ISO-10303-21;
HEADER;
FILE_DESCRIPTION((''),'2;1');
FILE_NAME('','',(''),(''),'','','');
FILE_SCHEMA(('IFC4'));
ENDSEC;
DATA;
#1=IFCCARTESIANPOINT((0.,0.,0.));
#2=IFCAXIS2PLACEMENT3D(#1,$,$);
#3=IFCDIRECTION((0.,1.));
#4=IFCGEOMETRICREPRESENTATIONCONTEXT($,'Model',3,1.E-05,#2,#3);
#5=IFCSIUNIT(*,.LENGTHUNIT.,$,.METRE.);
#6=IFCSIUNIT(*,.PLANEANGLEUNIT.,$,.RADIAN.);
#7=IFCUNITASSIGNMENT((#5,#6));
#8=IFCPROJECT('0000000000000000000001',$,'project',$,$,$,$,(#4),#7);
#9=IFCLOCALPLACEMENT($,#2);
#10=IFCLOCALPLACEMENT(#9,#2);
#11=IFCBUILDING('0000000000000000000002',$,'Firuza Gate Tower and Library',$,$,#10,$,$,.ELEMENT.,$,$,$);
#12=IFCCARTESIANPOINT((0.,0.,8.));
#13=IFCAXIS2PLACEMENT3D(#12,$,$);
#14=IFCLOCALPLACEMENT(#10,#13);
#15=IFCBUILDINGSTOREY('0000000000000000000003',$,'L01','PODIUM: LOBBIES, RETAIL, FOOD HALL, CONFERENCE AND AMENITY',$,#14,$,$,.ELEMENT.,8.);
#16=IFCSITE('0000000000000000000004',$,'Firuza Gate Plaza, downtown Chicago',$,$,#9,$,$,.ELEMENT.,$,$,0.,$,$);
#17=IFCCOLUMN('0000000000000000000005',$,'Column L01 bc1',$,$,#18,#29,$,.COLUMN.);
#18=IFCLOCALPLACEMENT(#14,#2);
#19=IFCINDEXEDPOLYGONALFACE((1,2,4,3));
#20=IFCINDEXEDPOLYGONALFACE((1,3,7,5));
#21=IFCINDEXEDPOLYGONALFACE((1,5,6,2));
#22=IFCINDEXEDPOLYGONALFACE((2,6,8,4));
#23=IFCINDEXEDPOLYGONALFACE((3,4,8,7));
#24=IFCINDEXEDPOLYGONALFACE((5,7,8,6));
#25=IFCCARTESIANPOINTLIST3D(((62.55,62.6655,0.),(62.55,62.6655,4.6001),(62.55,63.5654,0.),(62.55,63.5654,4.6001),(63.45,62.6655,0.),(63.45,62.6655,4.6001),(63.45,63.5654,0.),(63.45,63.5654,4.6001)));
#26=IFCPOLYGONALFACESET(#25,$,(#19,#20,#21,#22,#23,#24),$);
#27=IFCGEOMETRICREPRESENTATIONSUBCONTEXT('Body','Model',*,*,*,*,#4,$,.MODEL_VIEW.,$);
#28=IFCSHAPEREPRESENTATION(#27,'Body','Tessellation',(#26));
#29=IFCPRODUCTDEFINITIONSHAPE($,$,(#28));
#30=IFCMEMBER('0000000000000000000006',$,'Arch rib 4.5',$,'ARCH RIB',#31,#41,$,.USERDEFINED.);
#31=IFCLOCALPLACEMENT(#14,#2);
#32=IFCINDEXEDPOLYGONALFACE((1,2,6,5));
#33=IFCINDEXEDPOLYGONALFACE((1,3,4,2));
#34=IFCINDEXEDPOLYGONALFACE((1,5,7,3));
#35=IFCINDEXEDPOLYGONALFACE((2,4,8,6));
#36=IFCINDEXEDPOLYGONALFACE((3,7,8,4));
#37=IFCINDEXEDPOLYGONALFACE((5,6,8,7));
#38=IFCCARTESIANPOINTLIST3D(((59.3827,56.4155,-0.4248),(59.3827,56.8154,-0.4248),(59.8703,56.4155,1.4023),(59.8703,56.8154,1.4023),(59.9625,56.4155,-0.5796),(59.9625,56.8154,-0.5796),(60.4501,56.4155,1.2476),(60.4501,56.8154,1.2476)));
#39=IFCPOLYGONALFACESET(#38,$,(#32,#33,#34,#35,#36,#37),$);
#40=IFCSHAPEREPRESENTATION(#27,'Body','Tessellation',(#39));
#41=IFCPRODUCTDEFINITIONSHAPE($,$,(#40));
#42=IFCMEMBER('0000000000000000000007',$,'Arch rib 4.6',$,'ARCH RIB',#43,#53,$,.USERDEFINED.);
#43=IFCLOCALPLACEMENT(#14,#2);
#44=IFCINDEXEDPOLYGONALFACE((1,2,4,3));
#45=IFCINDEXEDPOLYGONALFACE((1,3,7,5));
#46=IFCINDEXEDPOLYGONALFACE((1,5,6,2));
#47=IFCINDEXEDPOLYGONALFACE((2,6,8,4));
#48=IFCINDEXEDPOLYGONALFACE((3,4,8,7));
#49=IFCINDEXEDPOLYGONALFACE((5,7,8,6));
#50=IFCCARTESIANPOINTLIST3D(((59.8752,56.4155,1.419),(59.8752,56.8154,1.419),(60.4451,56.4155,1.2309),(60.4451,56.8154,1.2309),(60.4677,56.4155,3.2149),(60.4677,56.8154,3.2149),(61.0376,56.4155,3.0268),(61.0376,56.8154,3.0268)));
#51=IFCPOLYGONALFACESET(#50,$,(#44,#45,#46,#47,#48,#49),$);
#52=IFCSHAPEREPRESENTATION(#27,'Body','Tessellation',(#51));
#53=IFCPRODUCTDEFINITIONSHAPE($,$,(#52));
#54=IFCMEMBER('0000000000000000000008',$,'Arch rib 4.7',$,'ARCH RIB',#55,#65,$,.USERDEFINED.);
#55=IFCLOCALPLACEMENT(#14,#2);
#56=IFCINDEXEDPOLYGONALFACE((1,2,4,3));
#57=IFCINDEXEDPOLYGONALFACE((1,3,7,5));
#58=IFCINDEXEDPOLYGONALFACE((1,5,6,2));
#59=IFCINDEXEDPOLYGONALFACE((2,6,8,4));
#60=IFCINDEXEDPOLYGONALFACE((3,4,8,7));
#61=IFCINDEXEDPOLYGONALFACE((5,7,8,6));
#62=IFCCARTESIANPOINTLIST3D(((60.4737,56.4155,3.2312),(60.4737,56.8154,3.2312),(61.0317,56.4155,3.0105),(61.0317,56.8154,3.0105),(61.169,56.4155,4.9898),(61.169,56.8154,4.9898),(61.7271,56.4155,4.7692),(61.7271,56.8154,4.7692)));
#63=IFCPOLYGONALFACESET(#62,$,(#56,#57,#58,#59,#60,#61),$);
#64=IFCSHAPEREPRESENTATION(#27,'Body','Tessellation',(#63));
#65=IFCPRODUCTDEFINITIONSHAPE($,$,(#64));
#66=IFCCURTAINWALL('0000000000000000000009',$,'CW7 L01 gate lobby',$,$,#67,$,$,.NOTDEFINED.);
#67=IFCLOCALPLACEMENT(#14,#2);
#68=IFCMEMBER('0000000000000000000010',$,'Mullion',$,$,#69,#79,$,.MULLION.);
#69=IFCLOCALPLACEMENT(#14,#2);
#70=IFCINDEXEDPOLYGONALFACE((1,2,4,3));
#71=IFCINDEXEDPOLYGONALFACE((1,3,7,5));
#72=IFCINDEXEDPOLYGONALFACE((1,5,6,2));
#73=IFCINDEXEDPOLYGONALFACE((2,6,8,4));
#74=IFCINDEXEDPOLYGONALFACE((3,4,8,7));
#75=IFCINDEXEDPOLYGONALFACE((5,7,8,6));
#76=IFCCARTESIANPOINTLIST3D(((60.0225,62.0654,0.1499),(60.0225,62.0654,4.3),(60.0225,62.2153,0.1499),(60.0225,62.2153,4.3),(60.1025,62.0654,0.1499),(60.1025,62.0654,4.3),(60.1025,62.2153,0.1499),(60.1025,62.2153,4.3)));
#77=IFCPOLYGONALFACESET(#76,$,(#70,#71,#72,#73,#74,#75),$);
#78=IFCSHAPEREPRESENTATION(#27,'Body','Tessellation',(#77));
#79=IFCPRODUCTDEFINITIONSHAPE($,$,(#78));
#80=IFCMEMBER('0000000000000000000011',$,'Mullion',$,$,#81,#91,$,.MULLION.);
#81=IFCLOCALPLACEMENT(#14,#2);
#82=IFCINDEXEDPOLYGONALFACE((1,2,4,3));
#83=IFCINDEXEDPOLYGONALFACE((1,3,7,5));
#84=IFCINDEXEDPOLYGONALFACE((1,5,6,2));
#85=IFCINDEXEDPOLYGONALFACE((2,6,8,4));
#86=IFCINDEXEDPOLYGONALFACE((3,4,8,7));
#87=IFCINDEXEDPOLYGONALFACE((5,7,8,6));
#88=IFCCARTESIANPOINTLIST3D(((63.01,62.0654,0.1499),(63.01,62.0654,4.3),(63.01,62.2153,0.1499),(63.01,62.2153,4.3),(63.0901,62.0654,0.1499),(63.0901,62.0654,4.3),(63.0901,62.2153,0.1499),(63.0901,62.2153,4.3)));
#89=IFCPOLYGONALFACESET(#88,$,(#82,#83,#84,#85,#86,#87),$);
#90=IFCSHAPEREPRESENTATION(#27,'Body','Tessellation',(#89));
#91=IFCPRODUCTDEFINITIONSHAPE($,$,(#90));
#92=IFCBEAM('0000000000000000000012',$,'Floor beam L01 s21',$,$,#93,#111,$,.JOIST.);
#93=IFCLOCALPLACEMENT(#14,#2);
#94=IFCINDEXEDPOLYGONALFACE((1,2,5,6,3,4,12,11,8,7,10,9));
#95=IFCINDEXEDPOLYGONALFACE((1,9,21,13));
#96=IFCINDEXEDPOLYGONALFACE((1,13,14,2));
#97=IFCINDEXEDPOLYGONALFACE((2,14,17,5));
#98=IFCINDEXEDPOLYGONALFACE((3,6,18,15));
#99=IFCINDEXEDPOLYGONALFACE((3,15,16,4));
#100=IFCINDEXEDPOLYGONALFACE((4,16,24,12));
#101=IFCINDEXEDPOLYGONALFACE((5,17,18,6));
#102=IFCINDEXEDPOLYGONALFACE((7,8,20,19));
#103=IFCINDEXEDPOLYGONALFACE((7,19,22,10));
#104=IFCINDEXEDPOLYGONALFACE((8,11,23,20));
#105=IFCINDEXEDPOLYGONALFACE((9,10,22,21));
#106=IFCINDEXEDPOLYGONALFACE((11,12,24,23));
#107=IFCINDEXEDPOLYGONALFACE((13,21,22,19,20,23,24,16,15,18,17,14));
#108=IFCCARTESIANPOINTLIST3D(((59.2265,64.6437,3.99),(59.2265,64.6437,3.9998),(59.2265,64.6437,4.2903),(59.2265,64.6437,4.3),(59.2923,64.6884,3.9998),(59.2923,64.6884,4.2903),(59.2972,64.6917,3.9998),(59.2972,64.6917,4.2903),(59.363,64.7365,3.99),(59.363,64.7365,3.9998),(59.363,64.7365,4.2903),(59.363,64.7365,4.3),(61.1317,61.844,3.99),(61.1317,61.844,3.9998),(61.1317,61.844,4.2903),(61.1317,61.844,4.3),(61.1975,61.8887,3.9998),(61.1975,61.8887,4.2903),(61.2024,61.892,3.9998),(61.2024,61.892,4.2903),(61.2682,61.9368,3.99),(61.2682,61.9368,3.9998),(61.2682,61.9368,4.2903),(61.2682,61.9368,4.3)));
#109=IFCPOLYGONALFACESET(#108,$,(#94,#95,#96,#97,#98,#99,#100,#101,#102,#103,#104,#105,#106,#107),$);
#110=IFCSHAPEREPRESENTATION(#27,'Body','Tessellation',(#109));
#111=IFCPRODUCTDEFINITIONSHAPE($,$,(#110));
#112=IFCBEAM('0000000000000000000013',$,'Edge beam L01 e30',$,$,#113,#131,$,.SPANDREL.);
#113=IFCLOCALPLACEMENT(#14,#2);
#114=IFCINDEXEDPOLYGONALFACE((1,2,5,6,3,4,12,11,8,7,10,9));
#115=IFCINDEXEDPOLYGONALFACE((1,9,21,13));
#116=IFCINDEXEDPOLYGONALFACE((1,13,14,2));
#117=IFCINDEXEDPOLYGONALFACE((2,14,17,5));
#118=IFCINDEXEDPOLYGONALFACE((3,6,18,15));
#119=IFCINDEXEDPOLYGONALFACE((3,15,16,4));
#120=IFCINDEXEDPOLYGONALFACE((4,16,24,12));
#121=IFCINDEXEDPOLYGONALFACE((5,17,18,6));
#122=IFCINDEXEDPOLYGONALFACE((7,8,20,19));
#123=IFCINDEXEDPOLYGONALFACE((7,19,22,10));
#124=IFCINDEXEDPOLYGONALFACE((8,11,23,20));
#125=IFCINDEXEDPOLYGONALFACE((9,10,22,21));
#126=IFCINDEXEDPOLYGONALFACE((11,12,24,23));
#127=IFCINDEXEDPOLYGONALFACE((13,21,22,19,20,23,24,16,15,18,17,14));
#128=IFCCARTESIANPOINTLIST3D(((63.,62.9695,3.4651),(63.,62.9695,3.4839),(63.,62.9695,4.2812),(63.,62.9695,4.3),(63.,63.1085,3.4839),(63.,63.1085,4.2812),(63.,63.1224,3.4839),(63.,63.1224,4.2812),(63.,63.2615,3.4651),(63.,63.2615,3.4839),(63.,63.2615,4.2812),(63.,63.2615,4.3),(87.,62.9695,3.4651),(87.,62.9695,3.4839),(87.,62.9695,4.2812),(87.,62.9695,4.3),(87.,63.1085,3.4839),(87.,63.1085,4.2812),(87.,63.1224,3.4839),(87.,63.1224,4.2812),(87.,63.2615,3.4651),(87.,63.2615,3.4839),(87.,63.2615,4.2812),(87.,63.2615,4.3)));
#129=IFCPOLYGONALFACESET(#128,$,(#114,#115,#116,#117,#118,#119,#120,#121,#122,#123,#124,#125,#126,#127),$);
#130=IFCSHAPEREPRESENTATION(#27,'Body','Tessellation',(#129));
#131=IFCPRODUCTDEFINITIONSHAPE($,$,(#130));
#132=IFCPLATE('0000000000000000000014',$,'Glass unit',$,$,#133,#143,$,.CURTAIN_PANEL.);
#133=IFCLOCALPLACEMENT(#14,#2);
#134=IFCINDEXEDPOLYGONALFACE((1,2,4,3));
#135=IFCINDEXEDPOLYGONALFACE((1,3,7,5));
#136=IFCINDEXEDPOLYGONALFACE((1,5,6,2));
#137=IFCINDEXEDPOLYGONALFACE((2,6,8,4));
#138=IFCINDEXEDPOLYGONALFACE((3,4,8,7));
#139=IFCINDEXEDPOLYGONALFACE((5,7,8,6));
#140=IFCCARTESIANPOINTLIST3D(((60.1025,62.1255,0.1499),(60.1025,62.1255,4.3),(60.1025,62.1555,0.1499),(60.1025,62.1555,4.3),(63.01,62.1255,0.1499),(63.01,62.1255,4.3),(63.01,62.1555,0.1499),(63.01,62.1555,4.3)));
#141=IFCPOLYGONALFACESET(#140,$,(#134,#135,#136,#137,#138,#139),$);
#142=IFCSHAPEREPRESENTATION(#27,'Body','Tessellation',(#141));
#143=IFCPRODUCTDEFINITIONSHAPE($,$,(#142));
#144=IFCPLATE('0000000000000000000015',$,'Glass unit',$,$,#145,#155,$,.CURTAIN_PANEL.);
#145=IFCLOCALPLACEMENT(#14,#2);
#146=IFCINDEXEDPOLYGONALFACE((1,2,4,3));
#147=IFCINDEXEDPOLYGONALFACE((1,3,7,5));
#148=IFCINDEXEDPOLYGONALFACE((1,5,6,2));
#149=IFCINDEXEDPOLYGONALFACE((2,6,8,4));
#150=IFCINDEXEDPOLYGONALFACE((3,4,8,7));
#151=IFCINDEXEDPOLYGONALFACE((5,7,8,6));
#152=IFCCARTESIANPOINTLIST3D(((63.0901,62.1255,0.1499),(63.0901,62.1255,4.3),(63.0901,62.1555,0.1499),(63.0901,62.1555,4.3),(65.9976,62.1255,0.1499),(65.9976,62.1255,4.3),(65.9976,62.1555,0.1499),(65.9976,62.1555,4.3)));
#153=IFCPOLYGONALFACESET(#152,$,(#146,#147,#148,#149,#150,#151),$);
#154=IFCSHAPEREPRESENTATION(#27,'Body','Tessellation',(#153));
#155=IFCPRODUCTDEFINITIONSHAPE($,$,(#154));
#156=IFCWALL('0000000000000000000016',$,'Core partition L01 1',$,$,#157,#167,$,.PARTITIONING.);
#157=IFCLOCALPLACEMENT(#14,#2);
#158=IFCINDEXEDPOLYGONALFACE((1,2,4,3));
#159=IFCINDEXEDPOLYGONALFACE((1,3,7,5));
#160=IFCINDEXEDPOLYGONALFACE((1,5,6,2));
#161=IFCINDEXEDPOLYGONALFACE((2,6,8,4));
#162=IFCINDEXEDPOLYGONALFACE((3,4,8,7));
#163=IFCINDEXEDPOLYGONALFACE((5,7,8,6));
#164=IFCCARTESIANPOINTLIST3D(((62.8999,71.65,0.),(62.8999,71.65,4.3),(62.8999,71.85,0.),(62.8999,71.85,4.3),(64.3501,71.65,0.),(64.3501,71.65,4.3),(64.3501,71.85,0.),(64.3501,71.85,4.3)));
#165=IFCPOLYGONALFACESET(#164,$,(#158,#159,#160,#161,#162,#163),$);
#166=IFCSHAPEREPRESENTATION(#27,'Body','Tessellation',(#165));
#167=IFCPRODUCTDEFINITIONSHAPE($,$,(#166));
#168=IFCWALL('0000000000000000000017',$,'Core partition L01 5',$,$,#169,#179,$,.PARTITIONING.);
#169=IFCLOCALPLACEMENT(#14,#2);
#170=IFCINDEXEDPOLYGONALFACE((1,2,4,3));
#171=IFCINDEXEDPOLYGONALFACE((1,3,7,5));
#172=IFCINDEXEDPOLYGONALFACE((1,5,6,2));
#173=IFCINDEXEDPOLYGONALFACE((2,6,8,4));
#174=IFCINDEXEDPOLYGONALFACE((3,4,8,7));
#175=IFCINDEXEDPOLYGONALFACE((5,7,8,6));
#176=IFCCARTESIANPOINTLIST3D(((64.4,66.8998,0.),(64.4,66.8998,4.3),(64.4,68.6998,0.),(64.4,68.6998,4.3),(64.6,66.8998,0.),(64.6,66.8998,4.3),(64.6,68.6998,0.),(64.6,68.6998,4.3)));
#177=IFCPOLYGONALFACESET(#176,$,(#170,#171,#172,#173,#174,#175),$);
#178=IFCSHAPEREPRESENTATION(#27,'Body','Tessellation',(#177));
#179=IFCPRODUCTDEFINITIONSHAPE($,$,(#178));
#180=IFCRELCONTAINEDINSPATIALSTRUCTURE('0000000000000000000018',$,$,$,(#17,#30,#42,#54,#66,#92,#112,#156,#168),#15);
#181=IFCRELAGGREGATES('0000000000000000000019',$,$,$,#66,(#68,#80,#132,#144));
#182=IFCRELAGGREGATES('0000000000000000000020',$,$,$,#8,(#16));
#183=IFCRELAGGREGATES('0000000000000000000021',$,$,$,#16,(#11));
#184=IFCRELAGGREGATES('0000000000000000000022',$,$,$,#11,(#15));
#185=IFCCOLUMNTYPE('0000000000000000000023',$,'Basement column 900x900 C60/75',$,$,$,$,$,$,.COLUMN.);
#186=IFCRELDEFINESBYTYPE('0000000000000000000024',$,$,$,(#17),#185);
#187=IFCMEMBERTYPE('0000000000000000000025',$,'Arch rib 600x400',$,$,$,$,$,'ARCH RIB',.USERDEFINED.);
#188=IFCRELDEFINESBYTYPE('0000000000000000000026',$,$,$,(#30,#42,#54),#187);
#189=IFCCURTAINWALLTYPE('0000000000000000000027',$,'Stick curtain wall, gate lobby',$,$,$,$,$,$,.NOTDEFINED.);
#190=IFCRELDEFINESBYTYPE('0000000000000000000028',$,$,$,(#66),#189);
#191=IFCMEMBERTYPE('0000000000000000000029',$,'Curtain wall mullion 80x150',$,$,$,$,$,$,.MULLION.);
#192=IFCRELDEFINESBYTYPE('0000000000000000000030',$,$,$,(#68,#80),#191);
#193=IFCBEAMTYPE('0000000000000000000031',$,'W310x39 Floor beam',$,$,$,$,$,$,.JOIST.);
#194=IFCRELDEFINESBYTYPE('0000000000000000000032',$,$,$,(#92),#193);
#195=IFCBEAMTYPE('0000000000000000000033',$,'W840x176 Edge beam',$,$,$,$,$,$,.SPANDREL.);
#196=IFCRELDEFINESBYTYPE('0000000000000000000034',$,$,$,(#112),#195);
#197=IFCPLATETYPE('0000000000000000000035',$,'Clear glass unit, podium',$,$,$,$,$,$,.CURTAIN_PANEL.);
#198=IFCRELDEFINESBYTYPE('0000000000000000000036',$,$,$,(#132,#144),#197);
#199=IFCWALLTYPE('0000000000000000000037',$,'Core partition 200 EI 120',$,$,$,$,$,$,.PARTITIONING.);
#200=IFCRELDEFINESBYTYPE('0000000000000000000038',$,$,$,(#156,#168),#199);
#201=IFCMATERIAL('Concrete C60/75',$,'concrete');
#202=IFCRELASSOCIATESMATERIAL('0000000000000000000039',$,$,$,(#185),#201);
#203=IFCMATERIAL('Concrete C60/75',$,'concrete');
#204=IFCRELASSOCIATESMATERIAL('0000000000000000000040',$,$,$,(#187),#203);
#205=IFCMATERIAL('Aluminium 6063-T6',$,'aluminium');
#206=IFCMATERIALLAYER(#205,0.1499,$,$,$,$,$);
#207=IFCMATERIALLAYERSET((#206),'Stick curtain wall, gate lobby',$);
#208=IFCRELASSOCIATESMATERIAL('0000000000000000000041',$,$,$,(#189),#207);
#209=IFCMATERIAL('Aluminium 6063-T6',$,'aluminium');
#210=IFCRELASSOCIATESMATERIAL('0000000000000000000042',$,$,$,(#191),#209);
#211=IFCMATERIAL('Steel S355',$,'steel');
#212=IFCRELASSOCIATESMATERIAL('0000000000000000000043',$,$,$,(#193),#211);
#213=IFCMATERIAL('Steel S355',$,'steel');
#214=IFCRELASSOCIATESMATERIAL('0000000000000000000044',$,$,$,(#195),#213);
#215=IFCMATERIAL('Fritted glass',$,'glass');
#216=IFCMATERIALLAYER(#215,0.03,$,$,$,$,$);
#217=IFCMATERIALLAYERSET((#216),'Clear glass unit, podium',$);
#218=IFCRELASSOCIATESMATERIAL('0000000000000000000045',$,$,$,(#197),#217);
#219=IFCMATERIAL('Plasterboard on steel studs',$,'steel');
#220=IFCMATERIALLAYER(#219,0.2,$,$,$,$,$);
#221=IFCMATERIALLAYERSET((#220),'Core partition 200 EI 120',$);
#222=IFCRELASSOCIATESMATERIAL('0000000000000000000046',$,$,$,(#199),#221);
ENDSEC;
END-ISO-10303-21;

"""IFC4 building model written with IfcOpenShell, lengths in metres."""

from ifc_helpers import new_model, si_unit, direction, frame, frame_2d, origin, origin_2d, place, context, subcontext, project, spatial, polyline, rectangle, i_section, outline, extrude, material, layer, layer_set, material_profile, profile_set, type_object, element, aggregate, save


model = new_model("IFC4")

# Units and contexts
model_context = context("Model", 3, precision=1e-05, world=origin(), true_north=direction((0.0, 1.0)))
body_context = subcontext(model_context, "Body", "Model", "MODEL_VIEW")
ifc_project = project(units=[si_unit("LENGTHUNIT", "METRE"), si_unit("PLANEANGLEUNIT", "RADIAN")], contexts=[model_context])

# Site, building, storey
site_placement = place(None, origin())
site = spatial("IfcSite", under=ifc_project, at=site_placement, Name="Firuza Gate Plaza, downtown Chicago", CompositionType="ELEMENT", RefElevation=0.0)
building_placement = place(site_placement, origin())
building = spatial("IfcBuilding", under=site, at=building_placement, Name="Firuza Gate Tower and Library", CompositionType="ELEMENT")
storey_placement = place(building_placement, frame((0.0, 0.0, 8.0)))
storey = spatial("IfcBuildingStorey", under=building, at=storey_placement, Name="L01", Description="PODIUM: LOBBIES, RETAIL, FOOD HALL, CONFERENCE AND AMENITY", CompositionType="ELEMENT", Elevation=8.0)

# Column
ifc_material_1 = material(Name="Concrete C60/75", Category="concrete")
ifc_material_profile_1 = material_profile(ifc_material_1, rectangle(XDim=0.8999, YDim=0.8999, at=origin_2d()))
ifc_profile_set_1 = profile_set([ifc_material_profile_1], Name="Concrete C60/75")
column_type = type_object("IfcColumnType", Name="Basement column 900x900 C60/75", PredefinedType="COLUMN", material=ifc_profile_set_1)
column_placement = place(storey_placement, frame((63.0, 63.1155, 0.0), z_axis=(0.0, 0.0, 1.0), x_axis=(1.0, 0.0, 0.0)))
element("IfcColumn", 1, at=column_placement, inside=storey, type_object=column_type, Name="Column L01 bc1", PredefinedType="COLUMN", context=body_context, shape_type="SweptSolid", body=[
    extrude(rectangle(XDim=0.8999, YDim=0.8999, at=origin_2d()), origin(), (0.0, 0.0, 1.0), 4.6001),
])

# Members
ifc_material_2 = material(Name="Concrete C60/75", Category="concrete")
ifc_material_profile_2 = material_profile(ifc_material_2, rectangle(XDim=0.3999, YDim=0.6001, at=origin_2d()))
ifc_profile_set_2 = profile_set([ifc_material_profile_2], Name="Concrete C60/75")
member_type_1 = type_object("IfcMemberType", Name="Arch rib 600x400", ElementType="ARCH RIB", PredefinedType="USERDEFINED", material=ifc_profile_set_2)
for number, where, z_axis, x_axis, name in (
    (2, (59.6726, 56.6155, -0.5022), (0.257815, 0.0, 0.966194), (0.0, 1.0, 0.0), "Arch rib 4.5"),
    (3, (60.1602, 56.6155, 1.325), (0.313322, 0.0, 0.949647), (0.0, 1.0, 0.0), "Arch rib 4.6"),
    (4, (60.7527, 56.6155, 3.1208), (0.367693, 0.0, 0.929947), (0.0, 1.0, 0.0), "Arch rib 4.7"),
):
    element("IfcMember", number, at=place(storey_placement, frame(where, z_axis=z_axis, x_axis=x_axis)), inside=storey, type_object=member_type_1, Name=name, ObjectType="ARCH RIB", PredefinedType="USERDEFINED", context=body_context, shape_type="SweptSolid", body=[
        extrude(rectangle(XDim=0.3999, YDim=0.6001, at=origin_2d()), origin(), (0.0, 0.0, 1.0), 1.8911),
    ])

# Curtain wall, members
ifc_material_3 = material(Name="Aluminium 6063-T6", Category="aluminium")
ifc_layer_1 = layer(ifc_material_3, 0.1499)
ifc_layer_set_1 = layer_set([ifc_layer_1], Name="Stick curtain wall, gate lobby")
curtain_wall_type = type_object("IfcCurtainWallType", Name="Stick curtain wall, gate lobby", PredefinedType="NOTDEFINED", material=ifc_layer_set_1)
curtain_wall_placement = place(storey_placement, origin())
curtain_wall = element("IfcCurtainWall", 5, at=curtain_wall_placement, inside=storey, type_object=curtain_wall_type, Name="CW7 L01 gate lobby", PredefinedType="NOTDEFINED")
ifc_material_4 = material(Name="Aluminium 6063-T6", Category="aluminium")
ifc_material_profile_3 = material_profile(ifc_material_4, rectangle(XDim=0.1499, YDim=0.0801, at=origin_2d()))
ifc_profile_set_3 = profile_set([ifc_material_profile_3], Name="Aluminium 6063-T6")
member_type_2 = type_object("IfcMemberType", Name="Curtain wall mullion 80x150", PredefinedType="MULLION", material=ifc_profile_set_3)
member_1_placement = place(storey_placement, frame((60.0625, 62.1404, 0.1499), z_axis=(0.0, 0.0, 1.0), x_axis=(0.0, 1.0, 0.0)))
member_1 = element("IfcMember", 6, at=member_1_placement, type_object=member_type_2, Name="Mullion", PredefinedType="MULLION", context=body_context, shape_type="SweptSolid", body=[
    extrude(rectangle(XDim=0.1499, YDim=0.0801, at=origin_2d()), origin(), (0.0, 0.0, 1.0), 4.1501),
])
member_2_placement = place(storey_placement, frame((63.05, 62.1404, 0.1499), z_axis=(0.0, 0.0, 1.0), x_axis=(0.0, 1.0, 0.0)))
member_2 = element("IfcMember", 7, at=member_2_placement, type_object=member_type_2, Name="Mullion", PredefinedType="MULLION", context=body_context, shape_type="SweptSolid", body=[
    extrude(rectangle(XDim=0.1499, YDim=0.0801, at=origin_2d()), origin(), (0.0, 0.0, 1.0), 4.1501),
])

# Beams
ifc_material_5 = material(Name="Steel S355", Category="steel")
ifc_material_profile_4 = material_profile(ifc_material_5, i_section(OverallWidth=0.165, OverallDepth=0.3101, WebThickness=0.0059, FlangeThickness=0.0098, at=origin_2d()))
ifc_profile_set_4 = profile_set([ifc_material_profile_4], Name="Steel S355")
beam_type_1 = type_object("IfcBeamType", Name="W310x39 Floor beam", PredefinedType="JOIST", material=ifc_profile_set_4)
beam_1_placement = place(storey_placement, frame((61.2, 61.8904, 4.145), z_axis=(-0.562594, 0.826733, 0.0), x_axis=(-0.826733, -0.562594, 0.0)))
element("IfcBeam", 8, at=beam_1_placement, inside=storey, type_object=beam_type_1, Name="Floor beam L01 s21", PredefinedType="JOIST", context=body_context, shape_type="SweptSolid", body=[
    extrude(i_section(OverallWidth=0.165, OverallDepth=0.3101, WebThickness=0.0059, FlangeThickness=0.0098, at=origin_2d()), origin(), (0.0, 0.0, 1.0), 3.3865),
])
ifc_material_6 = material(Name="Steel S355", Category="steel")
ifc_material_profile_5 = material_profile(ifc_material_6, i_section(OverallWidth=0.292, OverallDepth=0.835, WebThickness=0.0139, FlangeThickness=0.0188, at=origin_2d()))
ifc_profile_set_5 = profile_set([ifc_material_profile_5], Name="Steel S355")
beam_type_2 = type_object("IfcBeamType", Name="W840x176 Edge beam", PredefinedType="SPANDREL", material=ifc_profile_set_5)
beam_2_placement = place(storey_placement, frame((63.0, 63.1155, 3.8826), z_axis=(1.0, 0.0, 0.0), x_axis=(0.0, 1.0, 0.0)))
element("IfcBeam", 9, at=beam_2_placement, inside=storey, type_object=beam_type_2, Name="Edge beam L01 e30", PredefinedType="SPANDREL", context=body_context, shape_type="SweptSolid", body=[
    extrude(i_section(OverallWidth=0.292, OverallDepth=0.835, WebThickness=0.0139, FlangeThickness=0.0188, at=origin_2d()), origin(), (0.0, 0.0, 1.0), 24.0),
])

# Plates
ifc_material_7 = material(Name="Fritted glass", Category="glass")
ifc_layer_2 = layer(ifc_material_7, 0.03)
ifc_layer_set_2 = layer_set([ifc_layer_2], Name="Clear glass unit, podium")
plate_type = type_object("IfcPlateType", Name="Clear glass unit, podium", PredefinedType="CURTAIN_PANEL", material=ifc_layer_set_2)
plate_1_placement = place(storey_placement, frame((60.1025, 62.1255, 0.1499), z_axis=(0.0, -1.0, 0.0), x_axis=(1.0, 0.0, 0.0)))
plate_1 = element("IfcPlate", 10, at=plate_1_placement, type_object=plate_type, Name="Glass unit", PredefinedType="CURTAIN_PANEL", context=body_context, shape_type="SweptSolid", body=[
    extrude(outline(polyline([(0.0, 0.0), (2.9075, 0.0), (2.9075, 4.1501), (0.0, 4.1501), (0.0, 0.0)])), origin(), (0.0, 0.0, -1.0), 0.03),
])
plate_2_placement = place(storey_placement, frame((63.0901, 62.1255, 0.1499), z_axis=(0.0, -1.0, 0.0), x_axis=(1.0, 0.0, 0.0)))
plate_2 = element("IfcPlate", 11, at=plate_2_placement, type_object=plate_type, Name="Glass unit", PredefinedType="CURTAIN_PANEL", context=body_context, shape_type="SweptSolid", body=[
    extrude(outline(polyline([(0.0, 0.0), (2.9075, 0.0), (2.9075, 4.1501), (0.0, 4.1501), (0.0, 0.0)])), origin(), (0.0, 0.0, -1.0), 0.03),
])
aggregate(curtain_wall, [member_1, member_2, plate_1, plate_2])

# Walls
ifc_material_8 = material(Name="Plasterboard on steel studs", Category="steel")
ifc_layer_3 = layer(ifc_material_8, 0.2)
ifc_layer_set_3 = layer_set([ifc_layer_3], Name="Core partition 200 EI 120")
wall_type_1 = type_object("IfcWallType", Name="Core partition 200 EI 120", PredefinedType="PARTITIONING", material=ifc_layer_set_3)
wall_1_placement = place(storey_placement, frame((62.8999, 71.75, 0.0), z_axis=(0.0, 0.0, 1.0), x_axis=(1.0, 0.0, 0.0)))
element("IfcWall", 12, at=wall_1_placement, inside=storey, type_object=wall_type_1, Name="Core partition L01 1", PredefinedType="PARTITIONING", context=body_context, shape_type="SweptSolid", body=[
    extrude(rectangle(XDim=1.4502, YDim=0.2, at=frame_2d((0.7251, 0.0))), origin(), (0.0, 0.0, 1.0), 4.3),
])
wall_2_placement = place(storey_placement, frame((64.5, 66.8999, 0.0), z_axis=(0.0, 0.0, 1.0), x_axis=(0.0, 1.0, 0.0)))
element("IfcWall", 13, at=wall_2_placement, inside=storey, type_object=wall_type_1, Name="Core partition L01 5", PredefinedType="PARTITIONING", context=body_context, shape_type="SweptSolid", body=[
    extrude(rectangle(XDim=1.8, YDim=0.2, at=frame_2d((0.8999, 0.0))), origin(), (0.0, 0.0, 1.0), 4.3),
])

save(model, "model.ifc")
